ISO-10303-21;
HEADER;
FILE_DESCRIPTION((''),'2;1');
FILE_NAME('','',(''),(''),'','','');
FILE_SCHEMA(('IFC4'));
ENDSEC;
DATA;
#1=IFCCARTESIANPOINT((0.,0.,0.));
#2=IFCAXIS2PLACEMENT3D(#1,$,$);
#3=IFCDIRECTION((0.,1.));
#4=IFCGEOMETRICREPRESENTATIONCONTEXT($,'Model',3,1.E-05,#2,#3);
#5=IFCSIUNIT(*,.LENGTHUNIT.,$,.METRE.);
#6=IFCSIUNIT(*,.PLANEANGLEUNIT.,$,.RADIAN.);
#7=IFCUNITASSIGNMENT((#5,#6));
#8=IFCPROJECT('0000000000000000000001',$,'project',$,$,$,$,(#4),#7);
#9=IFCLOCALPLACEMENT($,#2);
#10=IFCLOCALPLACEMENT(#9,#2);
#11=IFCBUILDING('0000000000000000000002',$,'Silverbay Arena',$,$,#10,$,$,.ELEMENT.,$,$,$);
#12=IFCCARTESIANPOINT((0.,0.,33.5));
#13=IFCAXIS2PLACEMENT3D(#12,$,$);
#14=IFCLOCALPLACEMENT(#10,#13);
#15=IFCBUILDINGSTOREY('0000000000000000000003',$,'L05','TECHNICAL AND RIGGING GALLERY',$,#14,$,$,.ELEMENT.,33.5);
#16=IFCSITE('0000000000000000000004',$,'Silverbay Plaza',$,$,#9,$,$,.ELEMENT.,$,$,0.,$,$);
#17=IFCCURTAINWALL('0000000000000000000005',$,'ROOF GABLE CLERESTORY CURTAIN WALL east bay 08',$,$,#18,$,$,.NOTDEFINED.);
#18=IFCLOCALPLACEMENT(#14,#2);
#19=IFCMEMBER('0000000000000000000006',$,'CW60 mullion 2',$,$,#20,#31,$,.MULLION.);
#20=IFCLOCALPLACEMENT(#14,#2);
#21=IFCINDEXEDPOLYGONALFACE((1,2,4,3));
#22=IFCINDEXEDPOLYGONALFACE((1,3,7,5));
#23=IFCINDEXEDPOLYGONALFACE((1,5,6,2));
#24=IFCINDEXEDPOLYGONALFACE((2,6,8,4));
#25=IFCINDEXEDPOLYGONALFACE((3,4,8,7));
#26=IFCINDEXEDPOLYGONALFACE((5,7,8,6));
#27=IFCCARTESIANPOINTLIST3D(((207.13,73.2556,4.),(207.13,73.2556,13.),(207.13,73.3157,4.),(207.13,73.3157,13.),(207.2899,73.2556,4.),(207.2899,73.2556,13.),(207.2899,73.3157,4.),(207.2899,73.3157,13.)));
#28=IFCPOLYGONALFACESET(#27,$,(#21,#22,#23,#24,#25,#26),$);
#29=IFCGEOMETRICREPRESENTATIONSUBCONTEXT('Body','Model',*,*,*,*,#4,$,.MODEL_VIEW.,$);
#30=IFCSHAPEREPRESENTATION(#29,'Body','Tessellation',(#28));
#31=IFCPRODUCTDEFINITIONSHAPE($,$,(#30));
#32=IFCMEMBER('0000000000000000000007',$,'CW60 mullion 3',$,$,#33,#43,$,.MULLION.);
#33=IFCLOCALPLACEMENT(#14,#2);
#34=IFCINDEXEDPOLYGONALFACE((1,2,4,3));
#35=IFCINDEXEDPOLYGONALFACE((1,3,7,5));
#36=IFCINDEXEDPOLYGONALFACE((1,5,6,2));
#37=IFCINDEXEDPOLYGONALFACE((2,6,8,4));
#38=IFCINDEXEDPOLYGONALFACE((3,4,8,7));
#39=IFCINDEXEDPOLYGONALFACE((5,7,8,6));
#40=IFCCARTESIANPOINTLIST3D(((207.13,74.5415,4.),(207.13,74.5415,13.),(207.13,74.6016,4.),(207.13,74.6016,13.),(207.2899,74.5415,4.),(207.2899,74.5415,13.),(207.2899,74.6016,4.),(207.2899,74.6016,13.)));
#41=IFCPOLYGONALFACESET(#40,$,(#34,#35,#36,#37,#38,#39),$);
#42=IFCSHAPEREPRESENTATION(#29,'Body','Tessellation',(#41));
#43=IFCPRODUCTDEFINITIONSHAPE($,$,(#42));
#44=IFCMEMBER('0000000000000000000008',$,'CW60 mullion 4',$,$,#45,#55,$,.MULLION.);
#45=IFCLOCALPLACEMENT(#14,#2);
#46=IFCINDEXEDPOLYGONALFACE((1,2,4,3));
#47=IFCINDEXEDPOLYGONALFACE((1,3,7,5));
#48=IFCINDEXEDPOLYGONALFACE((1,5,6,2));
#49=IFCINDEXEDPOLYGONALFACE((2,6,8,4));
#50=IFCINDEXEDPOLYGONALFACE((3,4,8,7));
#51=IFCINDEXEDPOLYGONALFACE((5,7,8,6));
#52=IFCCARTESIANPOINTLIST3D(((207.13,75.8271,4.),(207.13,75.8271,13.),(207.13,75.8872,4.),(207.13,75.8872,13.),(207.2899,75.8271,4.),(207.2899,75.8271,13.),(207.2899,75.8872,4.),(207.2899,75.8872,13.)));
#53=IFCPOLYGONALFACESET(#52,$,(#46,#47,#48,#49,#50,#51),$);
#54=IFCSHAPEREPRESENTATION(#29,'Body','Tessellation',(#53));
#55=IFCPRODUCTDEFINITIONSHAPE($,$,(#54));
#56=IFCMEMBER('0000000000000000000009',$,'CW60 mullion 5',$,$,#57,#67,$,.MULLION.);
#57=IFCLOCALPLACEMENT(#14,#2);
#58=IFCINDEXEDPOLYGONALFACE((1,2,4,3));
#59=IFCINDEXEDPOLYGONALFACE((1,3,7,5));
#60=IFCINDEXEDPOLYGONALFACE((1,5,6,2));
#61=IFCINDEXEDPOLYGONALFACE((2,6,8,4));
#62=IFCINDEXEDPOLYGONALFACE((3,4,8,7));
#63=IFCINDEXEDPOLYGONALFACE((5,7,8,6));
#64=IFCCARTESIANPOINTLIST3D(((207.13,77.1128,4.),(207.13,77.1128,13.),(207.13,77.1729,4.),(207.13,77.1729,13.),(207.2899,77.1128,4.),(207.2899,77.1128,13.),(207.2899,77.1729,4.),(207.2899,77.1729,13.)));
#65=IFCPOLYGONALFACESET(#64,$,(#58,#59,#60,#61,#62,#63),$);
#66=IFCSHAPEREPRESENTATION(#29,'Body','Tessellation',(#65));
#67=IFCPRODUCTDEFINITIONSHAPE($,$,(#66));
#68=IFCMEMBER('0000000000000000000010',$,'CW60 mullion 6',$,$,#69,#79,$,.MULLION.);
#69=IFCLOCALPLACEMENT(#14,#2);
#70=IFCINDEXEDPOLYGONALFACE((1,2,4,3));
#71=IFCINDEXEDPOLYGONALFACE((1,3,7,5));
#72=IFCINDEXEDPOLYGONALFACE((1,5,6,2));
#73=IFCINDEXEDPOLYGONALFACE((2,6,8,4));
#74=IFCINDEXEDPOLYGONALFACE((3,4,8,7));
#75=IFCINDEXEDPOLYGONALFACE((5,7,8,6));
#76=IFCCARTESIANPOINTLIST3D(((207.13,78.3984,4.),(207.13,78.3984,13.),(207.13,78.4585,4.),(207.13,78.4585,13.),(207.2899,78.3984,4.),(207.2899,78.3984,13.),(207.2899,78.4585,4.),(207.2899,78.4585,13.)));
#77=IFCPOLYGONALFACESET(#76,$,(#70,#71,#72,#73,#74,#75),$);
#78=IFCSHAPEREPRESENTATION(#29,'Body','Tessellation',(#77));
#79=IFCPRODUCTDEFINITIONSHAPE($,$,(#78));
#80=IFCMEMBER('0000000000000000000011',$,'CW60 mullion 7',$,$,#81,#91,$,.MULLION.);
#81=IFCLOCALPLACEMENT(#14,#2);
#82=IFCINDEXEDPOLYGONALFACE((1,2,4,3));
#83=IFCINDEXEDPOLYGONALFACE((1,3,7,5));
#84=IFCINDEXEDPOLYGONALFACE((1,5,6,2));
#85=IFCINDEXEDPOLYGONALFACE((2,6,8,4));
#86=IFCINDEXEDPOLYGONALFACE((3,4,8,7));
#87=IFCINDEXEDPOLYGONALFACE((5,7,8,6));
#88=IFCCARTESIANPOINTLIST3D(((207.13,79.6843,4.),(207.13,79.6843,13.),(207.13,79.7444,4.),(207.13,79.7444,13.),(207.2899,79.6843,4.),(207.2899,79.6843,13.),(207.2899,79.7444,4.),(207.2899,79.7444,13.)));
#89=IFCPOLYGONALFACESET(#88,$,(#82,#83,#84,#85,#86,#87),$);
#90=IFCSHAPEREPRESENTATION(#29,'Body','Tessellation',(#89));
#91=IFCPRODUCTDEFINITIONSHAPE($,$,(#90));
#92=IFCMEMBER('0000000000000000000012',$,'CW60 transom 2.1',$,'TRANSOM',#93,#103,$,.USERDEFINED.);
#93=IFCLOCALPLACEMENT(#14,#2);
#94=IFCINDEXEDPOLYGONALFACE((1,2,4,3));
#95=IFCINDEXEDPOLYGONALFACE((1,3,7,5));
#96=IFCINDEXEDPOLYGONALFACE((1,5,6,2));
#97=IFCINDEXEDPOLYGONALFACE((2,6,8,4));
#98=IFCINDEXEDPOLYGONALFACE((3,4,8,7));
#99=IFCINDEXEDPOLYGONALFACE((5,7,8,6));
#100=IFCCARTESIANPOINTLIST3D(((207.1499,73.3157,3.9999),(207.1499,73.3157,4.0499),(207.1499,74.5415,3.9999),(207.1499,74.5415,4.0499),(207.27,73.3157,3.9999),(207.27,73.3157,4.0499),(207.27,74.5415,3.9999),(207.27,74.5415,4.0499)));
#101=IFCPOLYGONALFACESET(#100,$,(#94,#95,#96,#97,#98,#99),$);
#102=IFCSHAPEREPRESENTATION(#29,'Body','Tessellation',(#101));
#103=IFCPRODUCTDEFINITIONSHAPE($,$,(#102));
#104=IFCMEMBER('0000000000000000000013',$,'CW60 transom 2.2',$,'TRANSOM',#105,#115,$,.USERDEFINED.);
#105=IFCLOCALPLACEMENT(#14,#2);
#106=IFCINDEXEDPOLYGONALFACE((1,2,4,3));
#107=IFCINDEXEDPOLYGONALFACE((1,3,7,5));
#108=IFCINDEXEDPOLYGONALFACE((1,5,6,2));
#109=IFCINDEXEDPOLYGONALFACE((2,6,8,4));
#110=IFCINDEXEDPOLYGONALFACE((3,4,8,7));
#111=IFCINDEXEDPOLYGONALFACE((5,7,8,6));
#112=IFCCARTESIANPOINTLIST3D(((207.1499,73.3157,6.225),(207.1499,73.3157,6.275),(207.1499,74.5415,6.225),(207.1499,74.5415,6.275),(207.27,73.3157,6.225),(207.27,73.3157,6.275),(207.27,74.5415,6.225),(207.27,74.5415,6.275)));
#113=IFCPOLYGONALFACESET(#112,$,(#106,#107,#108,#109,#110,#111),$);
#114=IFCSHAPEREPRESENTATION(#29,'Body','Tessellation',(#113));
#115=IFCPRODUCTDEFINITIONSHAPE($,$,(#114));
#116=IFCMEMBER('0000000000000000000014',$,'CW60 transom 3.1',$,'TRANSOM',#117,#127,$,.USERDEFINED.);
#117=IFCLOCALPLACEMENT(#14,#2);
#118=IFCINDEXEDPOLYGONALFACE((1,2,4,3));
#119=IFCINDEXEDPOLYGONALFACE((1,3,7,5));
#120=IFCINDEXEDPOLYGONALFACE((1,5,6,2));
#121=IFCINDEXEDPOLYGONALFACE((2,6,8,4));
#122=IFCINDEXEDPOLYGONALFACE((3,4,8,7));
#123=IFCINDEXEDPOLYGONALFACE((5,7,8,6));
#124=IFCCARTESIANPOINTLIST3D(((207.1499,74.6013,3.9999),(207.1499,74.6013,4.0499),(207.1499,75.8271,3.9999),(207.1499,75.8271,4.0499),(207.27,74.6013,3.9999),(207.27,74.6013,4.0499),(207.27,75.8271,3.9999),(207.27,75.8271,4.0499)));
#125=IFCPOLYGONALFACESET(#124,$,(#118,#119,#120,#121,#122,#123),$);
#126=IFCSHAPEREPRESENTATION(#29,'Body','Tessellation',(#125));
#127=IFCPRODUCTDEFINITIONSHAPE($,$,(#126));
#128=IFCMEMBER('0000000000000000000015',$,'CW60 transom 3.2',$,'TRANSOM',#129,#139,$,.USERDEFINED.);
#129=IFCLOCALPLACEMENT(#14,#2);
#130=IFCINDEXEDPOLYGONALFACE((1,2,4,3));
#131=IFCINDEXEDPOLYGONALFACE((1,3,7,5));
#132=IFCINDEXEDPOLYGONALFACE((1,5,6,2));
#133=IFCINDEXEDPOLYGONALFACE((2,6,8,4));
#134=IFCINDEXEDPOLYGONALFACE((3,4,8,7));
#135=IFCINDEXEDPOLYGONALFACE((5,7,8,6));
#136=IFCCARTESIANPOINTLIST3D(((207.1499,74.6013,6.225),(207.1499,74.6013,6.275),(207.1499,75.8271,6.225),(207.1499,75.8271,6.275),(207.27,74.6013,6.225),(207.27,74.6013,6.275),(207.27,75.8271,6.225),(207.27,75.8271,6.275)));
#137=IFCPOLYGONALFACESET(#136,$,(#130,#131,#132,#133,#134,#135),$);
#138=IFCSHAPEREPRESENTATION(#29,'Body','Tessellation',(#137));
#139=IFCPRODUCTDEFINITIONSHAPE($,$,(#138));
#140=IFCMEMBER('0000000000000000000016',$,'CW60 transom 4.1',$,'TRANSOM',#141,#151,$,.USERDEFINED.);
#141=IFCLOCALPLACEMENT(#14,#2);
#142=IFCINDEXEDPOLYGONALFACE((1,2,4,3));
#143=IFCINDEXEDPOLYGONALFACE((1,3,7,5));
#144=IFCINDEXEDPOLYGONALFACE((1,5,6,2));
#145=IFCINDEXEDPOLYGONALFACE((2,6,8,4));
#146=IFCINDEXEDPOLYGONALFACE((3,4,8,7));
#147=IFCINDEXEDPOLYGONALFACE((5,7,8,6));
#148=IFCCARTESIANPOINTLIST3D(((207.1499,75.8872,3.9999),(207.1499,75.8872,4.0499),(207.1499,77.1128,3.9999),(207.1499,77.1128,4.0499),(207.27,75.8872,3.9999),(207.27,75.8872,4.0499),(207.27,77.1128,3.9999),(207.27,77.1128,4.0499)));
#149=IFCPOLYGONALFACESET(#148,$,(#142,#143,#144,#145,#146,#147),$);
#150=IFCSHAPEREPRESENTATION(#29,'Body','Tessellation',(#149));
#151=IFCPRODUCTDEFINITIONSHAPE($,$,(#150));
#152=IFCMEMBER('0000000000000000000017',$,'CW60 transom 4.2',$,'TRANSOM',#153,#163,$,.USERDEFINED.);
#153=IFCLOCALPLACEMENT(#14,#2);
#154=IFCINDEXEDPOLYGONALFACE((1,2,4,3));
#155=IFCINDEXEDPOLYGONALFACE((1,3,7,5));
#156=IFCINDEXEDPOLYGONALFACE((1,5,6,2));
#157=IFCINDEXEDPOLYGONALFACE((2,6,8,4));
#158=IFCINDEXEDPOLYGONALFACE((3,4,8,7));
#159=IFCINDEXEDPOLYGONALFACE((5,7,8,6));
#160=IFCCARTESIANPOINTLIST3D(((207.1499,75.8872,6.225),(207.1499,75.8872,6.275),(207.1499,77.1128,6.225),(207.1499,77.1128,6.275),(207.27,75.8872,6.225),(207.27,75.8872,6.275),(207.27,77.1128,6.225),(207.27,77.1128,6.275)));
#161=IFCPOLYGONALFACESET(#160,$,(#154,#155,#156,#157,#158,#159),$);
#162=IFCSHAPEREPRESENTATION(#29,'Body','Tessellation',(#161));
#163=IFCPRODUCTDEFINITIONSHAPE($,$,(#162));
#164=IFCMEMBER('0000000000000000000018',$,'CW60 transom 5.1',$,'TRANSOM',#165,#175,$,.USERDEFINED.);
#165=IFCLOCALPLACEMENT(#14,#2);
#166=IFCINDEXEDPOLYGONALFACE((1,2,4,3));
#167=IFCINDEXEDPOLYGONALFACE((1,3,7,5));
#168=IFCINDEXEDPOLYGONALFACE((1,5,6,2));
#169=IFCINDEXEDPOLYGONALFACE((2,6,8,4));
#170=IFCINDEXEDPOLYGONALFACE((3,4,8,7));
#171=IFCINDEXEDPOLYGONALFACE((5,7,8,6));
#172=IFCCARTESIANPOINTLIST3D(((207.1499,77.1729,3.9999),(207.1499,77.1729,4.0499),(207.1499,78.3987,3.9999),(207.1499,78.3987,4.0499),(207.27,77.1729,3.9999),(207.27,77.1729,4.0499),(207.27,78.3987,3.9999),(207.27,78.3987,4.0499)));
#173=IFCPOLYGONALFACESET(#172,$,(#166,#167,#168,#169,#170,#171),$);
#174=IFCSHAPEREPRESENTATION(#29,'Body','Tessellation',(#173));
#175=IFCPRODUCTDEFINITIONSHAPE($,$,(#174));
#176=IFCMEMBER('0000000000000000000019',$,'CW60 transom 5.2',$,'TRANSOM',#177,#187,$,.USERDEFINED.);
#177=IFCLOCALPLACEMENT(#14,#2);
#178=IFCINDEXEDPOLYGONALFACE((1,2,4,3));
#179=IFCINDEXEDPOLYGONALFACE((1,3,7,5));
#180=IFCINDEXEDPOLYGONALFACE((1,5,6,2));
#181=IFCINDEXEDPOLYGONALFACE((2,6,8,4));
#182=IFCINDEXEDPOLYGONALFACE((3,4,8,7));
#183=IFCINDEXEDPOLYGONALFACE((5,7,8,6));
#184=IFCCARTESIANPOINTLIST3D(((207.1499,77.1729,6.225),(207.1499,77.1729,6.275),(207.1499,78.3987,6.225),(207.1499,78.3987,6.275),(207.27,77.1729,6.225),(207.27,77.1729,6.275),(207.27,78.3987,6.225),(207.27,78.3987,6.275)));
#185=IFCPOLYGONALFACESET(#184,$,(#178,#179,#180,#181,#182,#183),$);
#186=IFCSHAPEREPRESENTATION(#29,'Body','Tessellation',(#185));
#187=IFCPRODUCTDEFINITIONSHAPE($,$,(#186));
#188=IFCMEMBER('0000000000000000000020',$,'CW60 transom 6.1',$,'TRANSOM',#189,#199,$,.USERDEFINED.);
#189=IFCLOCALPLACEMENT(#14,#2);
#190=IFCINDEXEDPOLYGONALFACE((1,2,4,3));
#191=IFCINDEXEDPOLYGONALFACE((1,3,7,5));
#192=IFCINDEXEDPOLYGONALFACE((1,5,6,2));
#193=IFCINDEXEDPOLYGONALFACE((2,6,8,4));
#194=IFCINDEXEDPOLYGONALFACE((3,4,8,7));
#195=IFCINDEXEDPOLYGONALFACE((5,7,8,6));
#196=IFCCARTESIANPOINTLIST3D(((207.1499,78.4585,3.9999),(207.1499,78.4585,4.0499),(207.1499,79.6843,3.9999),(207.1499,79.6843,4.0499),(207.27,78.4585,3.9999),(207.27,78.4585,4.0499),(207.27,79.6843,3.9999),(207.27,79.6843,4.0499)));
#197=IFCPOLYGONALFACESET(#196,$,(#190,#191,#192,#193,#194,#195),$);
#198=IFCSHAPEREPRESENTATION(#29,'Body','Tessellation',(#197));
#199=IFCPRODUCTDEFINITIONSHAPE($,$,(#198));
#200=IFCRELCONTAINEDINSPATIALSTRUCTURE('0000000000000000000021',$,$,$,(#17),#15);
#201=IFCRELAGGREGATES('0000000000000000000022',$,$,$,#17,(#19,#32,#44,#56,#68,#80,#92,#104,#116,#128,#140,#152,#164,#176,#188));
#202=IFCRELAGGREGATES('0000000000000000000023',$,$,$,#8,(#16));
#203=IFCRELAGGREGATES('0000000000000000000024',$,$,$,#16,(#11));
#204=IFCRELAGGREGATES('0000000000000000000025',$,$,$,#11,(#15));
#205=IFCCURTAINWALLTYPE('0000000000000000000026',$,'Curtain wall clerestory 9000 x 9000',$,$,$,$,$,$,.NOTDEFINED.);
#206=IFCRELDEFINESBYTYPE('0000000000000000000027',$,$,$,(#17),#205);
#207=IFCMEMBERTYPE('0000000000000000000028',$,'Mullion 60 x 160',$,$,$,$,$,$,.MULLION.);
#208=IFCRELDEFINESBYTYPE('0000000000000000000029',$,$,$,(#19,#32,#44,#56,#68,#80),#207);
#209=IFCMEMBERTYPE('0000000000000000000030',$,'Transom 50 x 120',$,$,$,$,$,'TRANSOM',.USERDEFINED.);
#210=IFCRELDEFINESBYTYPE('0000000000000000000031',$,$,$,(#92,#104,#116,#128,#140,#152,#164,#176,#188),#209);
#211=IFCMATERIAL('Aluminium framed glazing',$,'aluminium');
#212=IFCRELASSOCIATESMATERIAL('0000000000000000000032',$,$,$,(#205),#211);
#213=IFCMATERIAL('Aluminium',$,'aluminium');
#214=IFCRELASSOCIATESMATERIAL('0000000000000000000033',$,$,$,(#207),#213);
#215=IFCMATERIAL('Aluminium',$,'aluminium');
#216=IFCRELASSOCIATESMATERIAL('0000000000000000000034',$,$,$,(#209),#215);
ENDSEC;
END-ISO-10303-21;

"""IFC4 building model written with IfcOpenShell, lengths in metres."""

from ifc_helpers import new_model, si_unit, direction, frame, origin, origin_2d, place, context, subcontext, project, spatial, rectangle, extrude, material, material_profile, profile_set, type_object, element, aggregate, save


model = new_model("IFC4")

# Units and contexts
model_context = context("Model", 3, precision=1e-05, world=origin(), true_north=direction((0.0, 1.0)))
body_context = subcontext(model_context, "Body", "Model", "MODEL_VIEW")
ifc_project = project(units=[si_unit("LENGTHUNIT", "METRE"), si_unit("PLANEANGLEUNIT", "RADIAN")], contexts=[model_context])

# Site, building, storey
site_placement = place(None, origin())
site = spatial("IfcSite", under=ifc_project, at=site_placement, Name="Silverbay Plaza", CompositionType="ELEMENT", RefElevation=0.0)
building_placement = place(site_placement, origin())
building = spatial("IfcBuilding", under=site, at=building_placement, Name="Silverbay Arena", CompositionType="ELEMENT")
storey_placement = place(building_placement, frame((0.0, 0.0, 33.5)))
storey = spatial("IfcBuildingStorey", under=building, at=storey_placement, Name="L05", Description="TECHNICAL AND RIGGING GALLERY", CompositionType="ELEMENT", Elevation=33.5)

# Curtain wall, members
ifc_material_1 = material(Name="Aluminium framed glazing", Category="aluminium")
curtain_wall_type = type_object("IfcCurtainWallType", Name="Curtain wall clerestory 9000 x 9000", PredefinedType="NOTDEFINED", material=ifc_material_1)
curtain_wall_placement = place(storey_placement, origin())
curtain_wall = element("IfcCurtainWall", 1, at=curtain_wall_placement, inside=storey, type_object=curtain_wall_type, Name="ROOF GABLE CLERESTORY CURTAIN WALL east bay 08", PredefinedType="NOTDEFINED")
ifc_material_2 = material(Name="Aluminium", Category="aluminium")
ifc_material_profile_1 = material_profile(ifc_material_2, rectangle(XDim=0.1599, YDim=0.0601, at=origin_2d()), Name="Mullion 60 x 160")
ifc_profile_set_1 = profile_set([ifc_material_profile_1], Name="Aluminium")
member_type_1 = type_object("IfcMemberType", Name="Mullion 60 x 160", PredefinedType="MULLION", material=ifc_profile_set_1)
member_1_placement = place(storey_placement, frame((207.21, 73.2856, 4.0), z_axis=(0.0, 0.0, 1.0), x_axis=(-1.0, 0.0, 0.0)))
member_1 = element("IfcMember", 2, at=member_1_placement, type_object=member_type_1, Name="CW60 mullion 2", PredefinedType="MULLION", context=body_context, shape_type="SweptSolid", body=[
    extrude(rectangle(XDim=0.1599, YDim=0.0601, at=origin_2d()), origin(), (0.0, 0.0, 1.0), 9.0),
])
member_2_placement = place(storey_placement, frame((207.21, 74.5715, 4.0), z_axis=(0.0, 0.0, 1.0), x_axis=(-1.0, 0.0, 0.0)))
member_2 = element("IfcMember", 3, at=member_2_placement, type_object=member_type_1, Name="CW60 mullion 3", PredefinedType="MULLION", context=body_context, shape_type="SweptSolid", body=[
    extrude(rectangle(XDim=0.1599, YDim=0.0601, at=origin_2d()), origin(), (0.0, 0.0, 1.0), 9.0),
])
member_3_placement = place(storey_placement, frame((207.21, 75.8572, 4.0), z_axis=(0.0, 0.0, 1.0), x_axis=(-1.0, 0.0, 0.0)))
member_3 = element("IfcMember", 4, at=member_3_placement, type_object=member_type_1, Name="CW60 mullion 4", PredefinedType="MULLION", context=body_context, shape_type="SweptSolid", body=[
    extrude(rectangle(XDim=0.1599, YDim=0.0601, at=origin_2d()), origin(), (0.0, 0.0, 1.0), 9.0),
])
member_4_placement = place(storey_placement, frame((207.21, 77.1428, 4.0), z_axis=(0.0, 0.0, 1.0), x_axis=(-1.0, 0.0, 0.0)))
member_4 = element("IfcMember", 5, at=member_4_placement, type_object=member_type_1, Name="CW60 mullion 5", PredefinedType="MULLION", context=body_context, shape_type="SweptSolid", body=[
    extrude(rectangle(XDim=0.1599, YDim=0.0601, at=origin_2d()), origin(), (0.0, 0.0, 1.0), 9.0),
])
member_5_placement = place(storey_placement, frame((207.21, 78.4285, 4.0), z_axis=(0.0, 0.0, 1.0), x_axis=(-1.0, 0.0, 0.0)))
member_5 = element("IfcMember", 6, at=member_5_placement, type_object=member_type_1, Name="CW60 mullion 6", PredefinedType="MULLION", context=body_context, shape_type="SweptSolid", body=[
    extrude(rectangle(XDim=0.1599, YDim=0.0601, at=origin_2d()), origin(), (0.0, 0.0, 1.0), 9.0),
])
member_6_placement = place(storey_placement, frame((207.21, 79.7144, 4.0), z_axis=(0.0, 0.0, 1.0), x_axis=(-1.0, 0.0, 0.0)))
member_6 = element("IfcMember", 7, at=member_6_placement, type_object=member_type_1, Name="CW60 mullion 7", PredefinedType="MULLION", context=body_context, shape_type="SweptSolid", body=[
    extrude(rectangle(XDim=0.1599, YDim=0.0601, at=origin_2d()), origin(), (0.0, 0.0, 1.0), 9.0),
])
ifc_material_3 = material(Name="Aluminium", Category="aluminium")
ifc_material_profile_2 = material_profile(ifc_material_3, rectangle(XDim=0.1201, YDim=0.05, at=origin_2d()), Name="Transom 50 x 120")
ifc_profile_set_2 = profile_set([ifc_material_profile_2], Name="Aluminium")
member_type_2 = type_object("IfcMemberType", Name="Transom 50 x 120", ElementType="TRANSOM", PredefinedType="USERDEFINED", material=ifc_profile_set_2)
member_7_placement = place(storey_placement, frame((207.21, 73.3157, 4.0249), z_axis=(0.0, 1.0, 0.0), x_axis=(-1.0, 0.0, 0.0)))
member_7 = element("IfcMember", 8, at=member_7_placement, type_object=member_type_2, Name="CW60 transom 2.1", ObjectType="TRANSOM", PredefinedType="USERDEFINED", context=body_context, shape_type="SweptSolid", body=[
    extrude(rectangle(XDim=0.1201, YDim=0.05, at=origin_2d()), origin(), (0.0, 0.0, 1.0), 1.2258),
])
member_8_placement = place(storey_placement, frame((207.21, 73.3157, 6.25), z_axis=(0.0, 1.0, 0.0), x_axis=(-1.0, 0.0, 0.0)))
member_8 = element("IfcMember", 9, at=member_8_placement, type_object=member_type_2, Name="CW60 transom 2.2", ObjectType="TRANSOM", PredefinedType="USERDEFINED", context=body_context, shape_type="SweptSolid", body=[
    extrude(rectangle(XDim=0.1201, YDim=0.05, at=origin_2d()), origin(), (0.0, 0.0, 1.0), 1.2258),
])
member_9_placement = place(storey_placement, frame((207.21, 74.6013, 4.0249), z_axis=(0.0, 1.0, 0.0), x_axis=(-1.0, 0.0, 0.0)))
member_9 = element("IfcMember", 10, at=member_9_placement, type_object=member_type_2, Name="CW60 transom 3.1", ObjectType="TRANSOM", PredefinedType="USERDEFINED", context=body_context, shape_type="SweptSolid", body=[
    extrude(rectangle(XDim=0.1201, YDim=0.05, at=origin_2d()), origin(), (0.0, 0.0, 1.0), 1.2258),
])
member_10_placement = place(storey_placement, frame((207.21, 74.6013, 6.25), z_axis=(0.0, 1.0, 0.0), x_axis=(-1.0, 0.0, 0.0)))
member_10 = element("IfcMember", 11, at=member_10_placement, type_object=member_type_2, Name="CW60 transom 3.2", ObjectType="TRANSOM", PredefinedType="USERDEFINED", context=body_context, shape_type="SweptSolid", body=[
    extrude(rectangle(XDim=0.1201, YDim=0.05, at=origin_2d()), origin(), (0.0, 0.0, 1.0), 1.2258),
])
member_11_placement = place(storey_placement, frame((207.21, 75.8872, 4.0249), z_axis=(0.0, 1.0, 0.0), x_axis=(-1.0, 0.0, 0.0)))
member_11 = element("IfcMember", 12, at=member_11_placement, type_object=member_type_2, Name="CW60 transom 4.1", ObjectType="TRANSOM", PredefinedType="USERDEFINED", context=body_context, shape_type="SweptSolid", body=[
    extrude(rectangle(XDim=0.1201, YDim=0.05, at=origin_2d()), origin(), (0.0, 0.0, 1.0), 1.2256),
])
member_12_placement = place(storey_placement, frame((207.21, 75.8872, 6.25), z_axis=(0.0, 1.0, 0.0), x_axis=(-1.0, 0.0, 0.0)))
member_12 = element("IfcMember", 13, at=member_12_placement, type_object=member_type_2, Name="CW60 transom 4.2", ObjectType="TRANSOM", PredefinedType="USERDEFINED", context=body_context, shape_type="SweptSolid", body=[
    extrude(rectangle(XDim=0.1201, YDim=0.05, at=origin_2d()), origin(), (0.0, 0.0, 1.0), 1.2256),
])
member_13_placement = place(storey_placement, frame((207.21, 77.1729, 4.0249), z_axis=(0.0, 1.0, 0.0), x_axis=(-1.0, 0.0, 0.0)))
member_13 = element("IfcMember", 14, at=member_13_placement, type_object=member_type_2, Name="CW60 transom 5.1", ObjectType="TRANSOM", PredefinedType="USERDEFINED", context=body_context, shape_type="SweptSolid", body=[
    extrude(rectangle(XDim=0.1201, YDim=0.05, at=origin_2d()), origin(), (0.0, 0.0, 1.0), 1.2258),
])
member_14_placement = place(storey_placement, frame((207.21, 77.1729, 6.25), z_axis=(0.0, 1.0, 0.0), x_axis=(-1.0, 0.0, 0.0)))
member_14 = element("IfcMember", 15, at=member_14_placement, type_object=member_type_2, Name="CW60 transom 5.2", ObjectType="TRANSOM", PredefinedType="USERDEFINED", context=body_context, shape_type="SweptSolid", body=[
    extrude(rectangle(XDim=0.1201, YDim=0.05, at=origin_2d()), origin(), (0.0, 0.0, 1.0), 1.2258),
])
member_15_placement = place(storey_placement, frame((207.21, 78.4585, 4.0249), z_axis=(0.0, 1.0, 0.0), x_axis=(-1.0, 0.0, 0.0)))
member_15 = element("IfcMember", 16, at=member_15_placement, type_object=member_type_2, Name="CW60 transom 6.1", ObjectType="TRANSOM", PredefinedType="USERDEFINED", context=body_context, shape_type="SweptSolid", body=[
    extrude(rectangle(XDim=0.1201, YDim=0.05, at=origin_2d()), origin(), (0.0, 0.0, 1.0), 1.2258),
])
aggregate(curtain_wall, [member_1, member_2, member_3, member_4, member_5, member_6, member_7, member_8, member_9, member_10, member_11, member_12, member_13, member_14, member_15])

save(model, "model.ifc")
